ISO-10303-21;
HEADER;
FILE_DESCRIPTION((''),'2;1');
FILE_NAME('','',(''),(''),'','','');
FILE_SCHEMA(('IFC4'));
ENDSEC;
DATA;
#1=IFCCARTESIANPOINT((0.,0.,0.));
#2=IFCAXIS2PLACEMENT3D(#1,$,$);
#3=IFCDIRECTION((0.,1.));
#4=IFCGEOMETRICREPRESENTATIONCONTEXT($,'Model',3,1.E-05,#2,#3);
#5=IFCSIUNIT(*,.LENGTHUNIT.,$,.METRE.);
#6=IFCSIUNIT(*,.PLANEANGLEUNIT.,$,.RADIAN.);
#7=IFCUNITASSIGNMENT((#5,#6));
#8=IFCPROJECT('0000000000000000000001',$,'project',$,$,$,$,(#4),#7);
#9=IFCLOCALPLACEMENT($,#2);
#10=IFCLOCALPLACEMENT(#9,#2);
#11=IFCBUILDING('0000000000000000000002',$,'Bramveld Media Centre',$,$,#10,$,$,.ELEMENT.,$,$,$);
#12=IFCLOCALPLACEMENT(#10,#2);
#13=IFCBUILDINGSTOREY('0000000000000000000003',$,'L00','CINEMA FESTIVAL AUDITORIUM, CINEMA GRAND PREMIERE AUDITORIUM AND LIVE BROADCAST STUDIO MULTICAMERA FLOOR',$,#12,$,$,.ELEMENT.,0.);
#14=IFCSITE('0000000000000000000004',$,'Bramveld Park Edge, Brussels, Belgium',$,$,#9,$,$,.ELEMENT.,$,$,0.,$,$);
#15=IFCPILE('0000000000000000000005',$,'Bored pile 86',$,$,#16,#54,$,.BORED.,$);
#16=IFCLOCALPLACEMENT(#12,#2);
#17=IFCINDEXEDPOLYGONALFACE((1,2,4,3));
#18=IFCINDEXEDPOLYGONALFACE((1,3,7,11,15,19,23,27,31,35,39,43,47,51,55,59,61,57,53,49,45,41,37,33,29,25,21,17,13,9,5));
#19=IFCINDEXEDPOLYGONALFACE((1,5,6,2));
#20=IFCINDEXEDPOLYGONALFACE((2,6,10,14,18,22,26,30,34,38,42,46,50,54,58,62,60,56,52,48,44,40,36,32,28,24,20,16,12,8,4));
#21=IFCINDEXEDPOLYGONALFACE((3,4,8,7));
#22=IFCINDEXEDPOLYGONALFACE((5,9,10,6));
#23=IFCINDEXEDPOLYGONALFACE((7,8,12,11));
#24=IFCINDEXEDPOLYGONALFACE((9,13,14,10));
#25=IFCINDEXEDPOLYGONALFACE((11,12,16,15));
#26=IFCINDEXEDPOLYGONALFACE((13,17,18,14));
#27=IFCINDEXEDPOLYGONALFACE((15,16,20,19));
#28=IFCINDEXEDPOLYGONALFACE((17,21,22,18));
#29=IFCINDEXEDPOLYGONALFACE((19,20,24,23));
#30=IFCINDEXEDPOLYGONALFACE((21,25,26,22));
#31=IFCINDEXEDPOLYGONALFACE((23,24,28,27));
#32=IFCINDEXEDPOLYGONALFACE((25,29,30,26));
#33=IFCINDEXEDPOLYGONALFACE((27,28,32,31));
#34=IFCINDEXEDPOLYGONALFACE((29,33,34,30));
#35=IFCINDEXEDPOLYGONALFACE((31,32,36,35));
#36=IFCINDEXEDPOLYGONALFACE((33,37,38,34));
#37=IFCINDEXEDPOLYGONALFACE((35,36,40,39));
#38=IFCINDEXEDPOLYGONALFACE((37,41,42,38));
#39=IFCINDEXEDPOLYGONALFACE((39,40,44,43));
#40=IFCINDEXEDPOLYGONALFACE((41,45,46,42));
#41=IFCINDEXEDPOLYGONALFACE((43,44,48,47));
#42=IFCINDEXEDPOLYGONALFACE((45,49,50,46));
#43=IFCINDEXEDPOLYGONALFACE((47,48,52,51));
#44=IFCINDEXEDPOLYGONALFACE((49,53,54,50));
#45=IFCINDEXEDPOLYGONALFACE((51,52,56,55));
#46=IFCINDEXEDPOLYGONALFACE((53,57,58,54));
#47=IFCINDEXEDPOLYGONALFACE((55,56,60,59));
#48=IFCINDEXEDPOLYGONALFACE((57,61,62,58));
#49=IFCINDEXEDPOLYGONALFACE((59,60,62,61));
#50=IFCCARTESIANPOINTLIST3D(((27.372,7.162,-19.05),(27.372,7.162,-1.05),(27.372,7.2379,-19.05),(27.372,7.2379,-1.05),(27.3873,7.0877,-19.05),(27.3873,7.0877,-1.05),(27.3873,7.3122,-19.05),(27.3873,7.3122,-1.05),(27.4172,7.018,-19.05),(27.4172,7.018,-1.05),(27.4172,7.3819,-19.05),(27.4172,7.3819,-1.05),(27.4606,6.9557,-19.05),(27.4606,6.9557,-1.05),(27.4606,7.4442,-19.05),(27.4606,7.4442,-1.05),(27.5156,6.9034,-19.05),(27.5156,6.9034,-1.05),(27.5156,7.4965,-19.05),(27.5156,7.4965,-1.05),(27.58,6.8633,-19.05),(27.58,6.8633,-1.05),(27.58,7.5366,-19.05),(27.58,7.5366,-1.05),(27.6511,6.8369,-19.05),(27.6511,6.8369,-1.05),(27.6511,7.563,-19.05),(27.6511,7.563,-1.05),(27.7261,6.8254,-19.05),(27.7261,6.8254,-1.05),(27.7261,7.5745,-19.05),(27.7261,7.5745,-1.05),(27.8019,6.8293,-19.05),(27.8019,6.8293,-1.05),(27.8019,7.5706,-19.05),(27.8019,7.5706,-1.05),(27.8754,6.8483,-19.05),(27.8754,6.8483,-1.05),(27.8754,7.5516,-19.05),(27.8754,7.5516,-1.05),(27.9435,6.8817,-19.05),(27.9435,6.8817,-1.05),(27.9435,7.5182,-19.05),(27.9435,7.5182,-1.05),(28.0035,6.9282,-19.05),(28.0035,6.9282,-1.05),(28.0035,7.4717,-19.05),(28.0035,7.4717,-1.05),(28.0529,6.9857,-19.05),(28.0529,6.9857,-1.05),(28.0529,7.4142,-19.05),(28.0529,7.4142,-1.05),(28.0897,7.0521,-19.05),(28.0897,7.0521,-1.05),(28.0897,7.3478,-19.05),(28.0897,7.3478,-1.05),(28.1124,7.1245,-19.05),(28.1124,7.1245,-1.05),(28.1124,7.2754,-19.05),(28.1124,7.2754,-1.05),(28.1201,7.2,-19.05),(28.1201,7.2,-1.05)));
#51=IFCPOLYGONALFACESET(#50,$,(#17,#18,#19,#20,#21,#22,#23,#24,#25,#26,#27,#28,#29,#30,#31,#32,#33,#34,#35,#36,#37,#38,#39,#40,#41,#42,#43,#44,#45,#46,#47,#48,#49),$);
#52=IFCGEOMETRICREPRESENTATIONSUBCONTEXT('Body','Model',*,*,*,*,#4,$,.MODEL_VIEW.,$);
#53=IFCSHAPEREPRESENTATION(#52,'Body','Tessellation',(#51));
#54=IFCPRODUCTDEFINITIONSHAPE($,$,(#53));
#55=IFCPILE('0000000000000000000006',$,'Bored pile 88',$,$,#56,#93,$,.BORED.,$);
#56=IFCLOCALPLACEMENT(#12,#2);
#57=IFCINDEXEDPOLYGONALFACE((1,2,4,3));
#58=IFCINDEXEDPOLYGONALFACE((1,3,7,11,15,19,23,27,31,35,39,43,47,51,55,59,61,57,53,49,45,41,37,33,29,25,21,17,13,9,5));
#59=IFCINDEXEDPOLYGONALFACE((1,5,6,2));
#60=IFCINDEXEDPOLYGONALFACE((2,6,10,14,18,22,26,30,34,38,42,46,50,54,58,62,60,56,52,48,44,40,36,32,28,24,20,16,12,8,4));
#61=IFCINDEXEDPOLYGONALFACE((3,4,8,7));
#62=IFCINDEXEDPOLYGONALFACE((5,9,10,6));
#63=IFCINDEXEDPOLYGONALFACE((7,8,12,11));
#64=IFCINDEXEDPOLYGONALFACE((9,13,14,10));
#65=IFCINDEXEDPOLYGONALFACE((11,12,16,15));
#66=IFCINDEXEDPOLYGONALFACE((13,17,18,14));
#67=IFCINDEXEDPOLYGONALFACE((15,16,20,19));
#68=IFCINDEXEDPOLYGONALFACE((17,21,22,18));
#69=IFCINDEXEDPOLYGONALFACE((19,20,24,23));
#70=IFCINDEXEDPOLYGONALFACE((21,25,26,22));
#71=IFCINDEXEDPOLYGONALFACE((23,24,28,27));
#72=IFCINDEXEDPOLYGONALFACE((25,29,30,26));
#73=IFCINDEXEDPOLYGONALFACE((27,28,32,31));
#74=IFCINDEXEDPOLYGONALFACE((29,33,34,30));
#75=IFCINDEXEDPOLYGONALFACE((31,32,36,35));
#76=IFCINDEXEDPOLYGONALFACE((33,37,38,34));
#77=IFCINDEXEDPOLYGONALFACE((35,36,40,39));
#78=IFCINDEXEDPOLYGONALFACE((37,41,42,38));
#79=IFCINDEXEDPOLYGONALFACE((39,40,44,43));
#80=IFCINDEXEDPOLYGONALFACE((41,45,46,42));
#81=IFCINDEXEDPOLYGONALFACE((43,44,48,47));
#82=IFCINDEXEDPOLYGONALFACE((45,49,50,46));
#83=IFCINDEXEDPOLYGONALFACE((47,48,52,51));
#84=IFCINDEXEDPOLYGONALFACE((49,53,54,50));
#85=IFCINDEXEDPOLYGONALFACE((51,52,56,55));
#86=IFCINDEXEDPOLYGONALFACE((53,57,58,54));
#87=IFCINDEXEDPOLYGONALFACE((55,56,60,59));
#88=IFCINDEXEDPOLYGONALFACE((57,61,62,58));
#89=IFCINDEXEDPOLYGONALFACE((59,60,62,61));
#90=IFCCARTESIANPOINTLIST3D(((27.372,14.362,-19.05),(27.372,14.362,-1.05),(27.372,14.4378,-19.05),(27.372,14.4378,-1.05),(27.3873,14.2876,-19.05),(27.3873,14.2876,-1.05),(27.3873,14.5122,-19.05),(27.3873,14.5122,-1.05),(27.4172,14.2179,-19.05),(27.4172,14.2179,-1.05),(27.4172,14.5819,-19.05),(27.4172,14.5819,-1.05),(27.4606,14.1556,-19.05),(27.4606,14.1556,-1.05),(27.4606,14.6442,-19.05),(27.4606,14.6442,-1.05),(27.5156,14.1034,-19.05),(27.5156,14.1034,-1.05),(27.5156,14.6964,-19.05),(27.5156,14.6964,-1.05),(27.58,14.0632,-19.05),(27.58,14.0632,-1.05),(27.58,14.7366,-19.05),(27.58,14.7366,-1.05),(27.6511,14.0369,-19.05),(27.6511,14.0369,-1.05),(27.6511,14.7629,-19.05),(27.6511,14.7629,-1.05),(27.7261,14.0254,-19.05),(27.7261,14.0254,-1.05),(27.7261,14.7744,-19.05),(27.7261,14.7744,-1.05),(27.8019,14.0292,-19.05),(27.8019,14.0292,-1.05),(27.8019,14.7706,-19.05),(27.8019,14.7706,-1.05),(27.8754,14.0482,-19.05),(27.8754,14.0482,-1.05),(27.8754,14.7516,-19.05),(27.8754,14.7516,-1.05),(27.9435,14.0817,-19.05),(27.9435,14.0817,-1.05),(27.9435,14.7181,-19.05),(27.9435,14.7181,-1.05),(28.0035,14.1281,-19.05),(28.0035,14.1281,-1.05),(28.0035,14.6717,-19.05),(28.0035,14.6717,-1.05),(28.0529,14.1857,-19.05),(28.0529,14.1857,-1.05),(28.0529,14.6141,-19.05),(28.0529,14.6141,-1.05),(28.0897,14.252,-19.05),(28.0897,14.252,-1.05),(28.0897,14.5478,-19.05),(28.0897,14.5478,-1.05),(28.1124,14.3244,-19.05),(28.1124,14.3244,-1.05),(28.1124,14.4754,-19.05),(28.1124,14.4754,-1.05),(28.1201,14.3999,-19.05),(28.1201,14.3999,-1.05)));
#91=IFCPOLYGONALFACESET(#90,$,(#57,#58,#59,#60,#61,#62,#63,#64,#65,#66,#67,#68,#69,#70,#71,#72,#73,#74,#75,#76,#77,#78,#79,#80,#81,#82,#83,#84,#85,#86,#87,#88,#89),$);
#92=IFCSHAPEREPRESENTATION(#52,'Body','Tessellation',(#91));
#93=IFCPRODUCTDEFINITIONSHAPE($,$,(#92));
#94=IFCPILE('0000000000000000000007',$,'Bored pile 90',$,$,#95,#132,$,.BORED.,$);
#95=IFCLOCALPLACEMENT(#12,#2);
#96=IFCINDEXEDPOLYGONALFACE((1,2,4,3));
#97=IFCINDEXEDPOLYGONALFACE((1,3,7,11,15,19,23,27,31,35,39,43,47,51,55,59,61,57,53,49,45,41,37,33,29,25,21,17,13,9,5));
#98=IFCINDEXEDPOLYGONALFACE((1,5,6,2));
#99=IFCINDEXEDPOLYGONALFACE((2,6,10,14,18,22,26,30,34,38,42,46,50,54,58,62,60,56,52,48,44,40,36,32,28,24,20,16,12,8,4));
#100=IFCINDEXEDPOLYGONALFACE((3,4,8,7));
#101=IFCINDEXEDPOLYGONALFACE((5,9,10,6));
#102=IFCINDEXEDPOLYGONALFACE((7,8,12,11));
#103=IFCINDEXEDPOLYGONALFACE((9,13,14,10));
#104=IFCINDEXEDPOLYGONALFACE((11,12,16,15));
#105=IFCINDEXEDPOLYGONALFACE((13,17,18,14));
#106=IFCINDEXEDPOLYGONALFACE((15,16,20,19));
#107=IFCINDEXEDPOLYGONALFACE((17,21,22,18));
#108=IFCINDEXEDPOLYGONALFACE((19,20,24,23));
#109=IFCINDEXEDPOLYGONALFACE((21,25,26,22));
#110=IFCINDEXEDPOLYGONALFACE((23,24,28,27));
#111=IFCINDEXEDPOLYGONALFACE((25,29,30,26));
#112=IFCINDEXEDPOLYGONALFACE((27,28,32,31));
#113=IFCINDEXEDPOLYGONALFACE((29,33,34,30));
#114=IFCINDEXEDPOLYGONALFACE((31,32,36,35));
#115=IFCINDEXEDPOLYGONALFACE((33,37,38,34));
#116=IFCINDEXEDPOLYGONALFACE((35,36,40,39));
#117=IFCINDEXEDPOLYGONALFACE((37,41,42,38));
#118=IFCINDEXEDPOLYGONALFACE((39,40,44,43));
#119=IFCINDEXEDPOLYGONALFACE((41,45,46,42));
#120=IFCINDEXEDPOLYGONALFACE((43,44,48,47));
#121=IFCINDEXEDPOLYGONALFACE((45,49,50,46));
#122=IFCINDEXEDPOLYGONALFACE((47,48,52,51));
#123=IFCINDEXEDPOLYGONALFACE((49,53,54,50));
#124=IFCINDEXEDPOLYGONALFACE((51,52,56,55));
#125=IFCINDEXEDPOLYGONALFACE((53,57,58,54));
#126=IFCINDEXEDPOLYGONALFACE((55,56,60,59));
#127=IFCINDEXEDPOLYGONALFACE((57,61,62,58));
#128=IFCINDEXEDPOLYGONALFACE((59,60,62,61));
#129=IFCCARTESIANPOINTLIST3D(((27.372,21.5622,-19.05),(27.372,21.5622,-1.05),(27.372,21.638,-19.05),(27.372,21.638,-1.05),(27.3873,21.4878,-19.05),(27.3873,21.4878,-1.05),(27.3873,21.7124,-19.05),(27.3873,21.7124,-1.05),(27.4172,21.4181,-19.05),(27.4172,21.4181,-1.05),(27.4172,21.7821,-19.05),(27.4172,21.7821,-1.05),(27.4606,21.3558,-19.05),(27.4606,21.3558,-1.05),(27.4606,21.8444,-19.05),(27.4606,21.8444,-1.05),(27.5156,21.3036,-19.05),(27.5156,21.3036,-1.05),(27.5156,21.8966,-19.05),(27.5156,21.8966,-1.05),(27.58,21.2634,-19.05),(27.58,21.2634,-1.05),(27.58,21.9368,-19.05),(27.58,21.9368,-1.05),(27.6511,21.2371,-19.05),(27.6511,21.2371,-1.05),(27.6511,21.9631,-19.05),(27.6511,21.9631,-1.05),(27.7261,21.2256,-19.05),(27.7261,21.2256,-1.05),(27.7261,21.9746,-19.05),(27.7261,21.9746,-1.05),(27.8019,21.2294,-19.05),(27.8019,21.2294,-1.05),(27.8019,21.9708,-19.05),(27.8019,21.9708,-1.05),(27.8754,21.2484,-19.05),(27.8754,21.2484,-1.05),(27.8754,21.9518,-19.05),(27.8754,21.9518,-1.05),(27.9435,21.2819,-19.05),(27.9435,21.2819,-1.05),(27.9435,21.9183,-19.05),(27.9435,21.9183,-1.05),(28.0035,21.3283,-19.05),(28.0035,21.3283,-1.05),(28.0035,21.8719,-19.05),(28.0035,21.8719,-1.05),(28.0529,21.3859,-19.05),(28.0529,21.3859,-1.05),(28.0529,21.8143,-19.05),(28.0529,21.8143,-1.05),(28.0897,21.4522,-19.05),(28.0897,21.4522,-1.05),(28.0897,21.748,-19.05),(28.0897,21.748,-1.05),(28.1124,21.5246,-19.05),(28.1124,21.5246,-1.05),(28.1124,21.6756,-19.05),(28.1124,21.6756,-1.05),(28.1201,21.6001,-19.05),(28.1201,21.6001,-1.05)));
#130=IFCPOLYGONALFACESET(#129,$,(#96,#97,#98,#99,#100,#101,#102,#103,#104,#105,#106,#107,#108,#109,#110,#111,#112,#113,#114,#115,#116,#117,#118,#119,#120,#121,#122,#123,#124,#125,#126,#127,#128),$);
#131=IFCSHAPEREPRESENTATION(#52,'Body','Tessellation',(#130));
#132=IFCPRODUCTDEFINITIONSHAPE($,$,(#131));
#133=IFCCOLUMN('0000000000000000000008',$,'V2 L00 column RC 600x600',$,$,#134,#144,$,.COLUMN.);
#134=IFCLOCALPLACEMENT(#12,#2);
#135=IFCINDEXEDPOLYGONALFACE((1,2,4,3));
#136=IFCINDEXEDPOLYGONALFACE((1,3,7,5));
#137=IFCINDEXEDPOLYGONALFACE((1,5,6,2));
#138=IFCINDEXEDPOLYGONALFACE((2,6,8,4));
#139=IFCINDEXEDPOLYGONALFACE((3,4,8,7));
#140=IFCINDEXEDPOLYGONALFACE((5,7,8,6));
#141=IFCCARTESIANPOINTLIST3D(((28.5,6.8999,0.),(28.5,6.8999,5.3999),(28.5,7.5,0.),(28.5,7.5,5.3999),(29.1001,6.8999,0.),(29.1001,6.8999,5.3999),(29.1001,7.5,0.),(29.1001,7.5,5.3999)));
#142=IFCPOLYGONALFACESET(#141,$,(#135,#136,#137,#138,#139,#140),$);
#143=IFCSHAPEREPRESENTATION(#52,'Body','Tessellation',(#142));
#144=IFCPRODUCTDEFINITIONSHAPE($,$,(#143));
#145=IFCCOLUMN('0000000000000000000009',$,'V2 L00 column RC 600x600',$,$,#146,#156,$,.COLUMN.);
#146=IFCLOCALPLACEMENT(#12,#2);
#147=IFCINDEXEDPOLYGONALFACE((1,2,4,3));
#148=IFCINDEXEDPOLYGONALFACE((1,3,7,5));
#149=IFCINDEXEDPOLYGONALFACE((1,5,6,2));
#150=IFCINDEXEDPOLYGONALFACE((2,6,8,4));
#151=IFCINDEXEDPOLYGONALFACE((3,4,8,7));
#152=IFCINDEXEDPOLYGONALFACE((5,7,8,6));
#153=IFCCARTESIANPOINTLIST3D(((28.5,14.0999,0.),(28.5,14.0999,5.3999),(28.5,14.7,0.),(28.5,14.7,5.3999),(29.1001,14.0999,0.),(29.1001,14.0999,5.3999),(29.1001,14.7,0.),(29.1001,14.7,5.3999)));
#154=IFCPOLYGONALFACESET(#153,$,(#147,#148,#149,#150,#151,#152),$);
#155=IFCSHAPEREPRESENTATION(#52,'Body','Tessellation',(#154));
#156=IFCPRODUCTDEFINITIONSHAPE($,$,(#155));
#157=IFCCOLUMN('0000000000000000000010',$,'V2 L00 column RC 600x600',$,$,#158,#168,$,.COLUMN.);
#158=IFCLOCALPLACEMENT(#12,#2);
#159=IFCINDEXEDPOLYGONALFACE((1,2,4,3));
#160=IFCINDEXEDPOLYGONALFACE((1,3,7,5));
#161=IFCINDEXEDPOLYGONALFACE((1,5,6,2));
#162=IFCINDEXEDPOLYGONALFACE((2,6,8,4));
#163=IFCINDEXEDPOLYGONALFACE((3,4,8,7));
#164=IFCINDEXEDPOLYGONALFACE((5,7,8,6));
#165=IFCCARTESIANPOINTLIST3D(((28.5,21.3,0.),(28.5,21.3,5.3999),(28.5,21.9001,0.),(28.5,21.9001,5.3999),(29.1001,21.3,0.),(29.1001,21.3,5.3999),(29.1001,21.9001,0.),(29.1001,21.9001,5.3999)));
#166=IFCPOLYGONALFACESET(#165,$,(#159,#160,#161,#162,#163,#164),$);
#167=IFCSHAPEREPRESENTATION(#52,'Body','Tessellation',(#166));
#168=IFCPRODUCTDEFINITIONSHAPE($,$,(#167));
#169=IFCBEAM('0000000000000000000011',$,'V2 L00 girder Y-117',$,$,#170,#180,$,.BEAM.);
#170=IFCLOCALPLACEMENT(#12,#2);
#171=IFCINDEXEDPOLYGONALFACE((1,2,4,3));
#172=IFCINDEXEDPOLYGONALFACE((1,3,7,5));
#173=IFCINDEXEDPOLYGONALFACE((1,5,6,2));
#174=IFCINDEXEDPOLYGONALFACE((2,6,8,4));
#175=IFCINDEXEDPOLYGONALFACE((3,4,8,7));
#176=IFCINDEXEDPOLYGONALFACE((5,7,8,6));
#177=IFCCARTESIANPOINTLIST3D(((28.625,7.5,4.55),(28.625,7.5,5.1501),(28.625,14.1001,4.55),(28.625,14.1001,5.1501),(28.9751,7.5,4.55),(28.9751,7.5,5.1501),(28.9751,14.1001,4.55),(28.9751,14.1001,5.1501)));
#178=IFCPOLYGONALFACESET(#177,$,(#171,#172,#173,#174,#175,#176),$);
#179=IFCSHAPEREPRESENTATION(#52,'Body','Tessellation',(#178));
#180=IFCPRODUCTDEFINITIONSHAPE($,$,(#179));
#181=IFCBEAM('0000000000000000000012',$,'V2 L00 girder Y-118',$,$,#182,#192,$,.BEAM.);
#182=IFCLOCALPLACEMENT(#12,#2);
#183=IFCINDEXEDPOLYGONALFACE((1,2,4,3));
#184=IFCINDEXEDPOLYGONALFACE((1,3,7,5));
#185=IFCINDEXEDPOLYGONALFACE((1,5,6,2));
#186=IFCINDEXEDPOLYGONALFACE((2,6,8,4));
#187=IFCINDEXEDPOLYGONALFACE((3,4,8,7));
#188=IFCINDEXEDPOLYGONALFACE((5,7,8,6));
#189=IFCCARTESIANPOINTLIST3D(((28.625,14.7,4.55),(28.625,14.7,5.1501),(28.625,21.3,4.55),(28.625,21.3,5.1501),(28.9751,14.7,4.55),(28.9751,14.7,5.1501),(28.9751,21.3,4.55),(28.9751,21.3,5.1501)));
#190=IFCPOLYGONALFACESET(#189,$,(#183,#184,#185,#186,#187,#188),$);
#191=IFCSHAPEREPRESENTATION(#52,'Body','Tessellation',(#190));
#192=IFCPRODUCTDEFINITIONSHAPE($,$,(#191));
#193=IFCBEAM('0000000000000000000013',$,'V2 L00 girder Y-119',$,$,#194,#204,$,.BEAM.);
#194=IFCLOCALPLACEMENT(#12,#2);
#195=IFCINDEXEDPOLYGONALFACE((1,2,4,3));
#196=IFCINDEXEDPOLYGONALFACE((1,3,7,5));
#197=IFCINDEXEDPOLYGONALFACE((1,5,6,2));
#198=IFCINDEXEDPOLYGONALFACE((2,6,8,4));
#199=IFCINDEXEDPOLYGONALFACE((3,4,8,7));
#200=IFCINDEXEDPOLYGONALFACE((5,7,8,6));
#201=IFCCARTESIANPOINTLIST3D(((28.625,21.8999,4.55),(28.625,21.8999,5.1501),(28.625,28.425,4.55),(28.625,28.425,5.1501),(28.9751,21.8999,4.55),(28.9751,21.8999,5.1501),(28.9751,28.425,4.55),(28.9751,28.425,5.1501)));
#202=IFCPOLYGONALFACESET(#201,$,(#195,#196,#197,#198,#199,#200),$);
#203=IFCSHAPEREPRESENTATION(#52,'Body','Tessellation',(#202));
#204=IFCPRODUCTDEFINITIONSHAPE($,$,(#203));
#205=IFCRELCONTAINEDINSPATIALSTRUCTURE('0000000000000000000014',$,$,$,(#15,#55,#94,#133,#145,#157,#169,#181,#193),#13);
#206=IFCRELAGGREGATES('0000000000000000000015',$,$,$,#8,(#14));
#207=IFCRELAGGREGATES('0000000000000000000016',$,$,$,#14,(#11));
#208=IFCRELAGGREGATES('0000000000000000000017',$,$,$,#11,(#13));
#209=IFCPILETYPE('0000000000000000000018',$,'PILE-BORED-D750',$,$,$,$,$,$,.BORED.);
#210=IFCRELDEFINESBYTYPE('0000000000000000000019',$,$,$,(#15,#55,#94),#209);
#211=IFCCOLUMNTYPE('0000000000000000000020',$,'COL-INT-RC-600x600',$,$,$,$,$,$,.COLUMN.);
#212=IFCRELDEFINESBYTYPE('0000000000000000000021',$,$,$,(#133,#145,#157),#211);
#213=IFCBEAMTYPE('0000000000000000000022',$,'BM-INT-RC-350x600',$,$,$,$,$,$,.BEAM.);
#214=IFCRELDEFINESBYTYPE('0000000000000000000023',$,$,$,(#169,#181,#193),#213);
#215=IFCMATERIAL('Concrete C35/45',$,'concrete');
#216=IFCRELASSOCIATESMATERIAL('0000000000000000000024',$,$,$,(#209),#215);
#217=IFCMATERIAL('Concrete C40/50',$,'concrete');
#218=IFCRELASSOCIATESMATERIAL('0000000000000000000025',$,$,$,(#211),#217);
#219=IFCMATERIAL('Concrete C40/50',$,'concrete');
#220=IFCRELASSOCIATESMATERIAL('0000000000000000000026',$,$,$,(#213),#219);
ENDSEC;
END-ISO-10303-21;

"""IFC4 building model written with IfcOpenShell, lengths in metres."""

from ifc_helpers import new_model, si_unit, direction, frame, origin, origin_2d, place, context, subcontext, project, spatial, rectangle, circle, extrude, material, material_profile, profile_set, type_object, element, save


model = new_model("IFC4")

# Units and contexts
model_context = context("Model", 3, precision=1e-05, world=origin(), true_north=direction((0.0, 1.0)))
body_context = subcontext(model_context, "Body", "Model", "MODEL_VIEW")
ifc_project = project(units=[si_unit("LENGTHUNIT", "METRE"), si_unit("PLANEANGLEUNIT", "RADIAN")], contexts=[model_context])

# Site, building, storey
site_placement = place(None, origin())
site = spatial("IfcSite", under=ifc_project, at=site_placement, Name="Bramveld Park Edge, Brussels, Belgium", CompositionType="ELEMENT", RefElevation=0.0)
building_placement = place(site_placement, origin())
building = spatial("IfcBuilding", under=site, at=building_placement, Name="Bramveld Media Centre", CompositionType="ELEMENT")
storey_placement = place(building_placement, origin())
storey = spatial("IfcBuildingStorey", under=building, at=storey_placement, Name="L00", Description="CINEMA FESTIVAL AUDITORIUM, CINEMA GRAND PREMIERE AUDITORIUM AND LIVE BROADCAST STUDIO MULTICAMERA FLOOR", CompositionType="ELEMENT", Elevation=0.0)

# Piles
ifc_material_1 = material(Name="Concrete C35/45", Category="concrete")
ifc_material_profile_1 = material_profile(ifc_material_1, circle(Radius=0.375, at=origin_2d()), Name="BORED D750")
ifc_profile_set_1 = profile_set([ifc_material_profile_1], Name="Concrete C35/45")
pile_type_1 = type_object("IfcPileType", Name="PILE-BORED-D750", PredefinedType="BORED", material=ifc_profile_set_1)
for number, where, z_axis, x_axis, name in (
    (1, (27.7451, 7.2, -1.05), (0.0, 0.0, -1.0), (1.0, 0.0, 0.0), "Bored pile 86"),
    (2, (27.7451, 14.3999, -1.05), (0.0, 0.0, -1.0), (1.0, 0.0, 0.0), "Bored pile 88"),
    (3, (27.7451, 21.6001, -1.05), (0.0, 0.0, -1.0), (1.0, 0.0, 0.0), "Bored pile 90"),
):
    element("IfcPile", number, at=place(storey_placement, frame(where, z_axis=z_axis, x_axis=x_axis)), inside=storey, type_object=pile_type_1, Name=name, PredefinedType="BORED", context=body_context, shape_type="SweptSolid", body=[
        extrude(circle(Radius=0.375, at=origin_2d()), origin(), (0.0, 0.0, 1.0), 18.0),
    ])

# Columns
ifc_material_2 = material(Name="Concrete C40/50", Category="concrete")
ifc_material_profile_2 = material_profile(ifc_material_2, rectangle(XDim=0.6001, YDim=0.6001, at=origin_2d()), Name="RC 600x600")
ifc_profile_set_2 = profile_set([ifc_material_profile_2], Name="Concrete C40/50")
column_type = type_object("IfcColumnType", Name="COL-INT-RC-600x600", PredefinedType="COLUMN", material=ifc_profile_set_2)
for number, where, z_axis, x_axis, name in (
    (4, (28.8, 7.2, 0.0), (0.0, 0.0, 1.0), (1.0, 0.0, 0.0), "V2 L00 column RC 600x600"),
    (5, (28.8, 14.3999, 0.0), (0.0, 0.0, 1.0), (1.0, 0.0, 0.0), "V2 L00 column RC 600x600"),
    (6, (28.8, 21.6001, 0.0), (0.0, 0.0, 1.0), (1.0, 0.0, 0.0), "V2 L00 column RC 600x600"),
):
    element("IfcColumn", number, at=place(storey_placement, frame(where, z_axis=z_axis, x_axis=x_axis)), inside=storey, type_object=column_type, Name=name, PredefinedType="COLUMN", context=body_context, shape_type="SweptSolid", body=[
        extrude(rectangle(XDim=0.6001, YDim=0.6001, at=origin_2d()), origin(), (0.0, 0.0, 1.0), 5.3999),
    ])

# Beams
ifc_material_3 = material(Name="Concrete C40/50", Category="concrete")
ifc_material_profile_3 = material_profile(ifc_material_3, rectangle(XDim=0.3501, YDim=0.6001, at=origin_2d()), Name="RC 350x600")
ifc_profile_set_3 = profile_set([ifc_material_profile_3], Name="Concrete C40/50")
beam_type = type_object("IfcBeamType", Name="BM-INT-RC-350x600", PredefinedType="BEAM", material=ifc_profile_set_3)
for number, where, z_axis, x_axis, name in (
    (7, (28.8, 7.5, 4.8501), (0.0, 1.0, 0.0), (-1.0, 0.0, 0.0), "V2 L00 girder Y-117"),
    (8, (28.8, 14.7, 4.8501), (0.0, 1.0, 0.0), (-1.0, 0.0, 0.0), "V2 L00 girder Y-118"),
):
    element("IfcBeam", number, at=place(storey_placement, frame(where, z_axis=z_axis, x_axis=x_axis)), inside=storey, type_object=beam_type, Name=name, PredefinedType="BEAM", context=body_context, shape_type="SweptSolid", body=[
        extrude(rectangle(XDim=0.3501, YDim=0.6001, at=origin_2d()), origin(), (0.0, 0.0, 1.0), 6.6001),
    ])
beam_placement = place(storey_placement, frame((28.8, 21.8999, 4.8501), z_axis=(0.0, 1.0, 0.0), x_axis=(-1.0, 0.0, 0.0)))
element("IfcBeam", 9, at=beam_placement, inside=storey, type_object=beam_type, Name="V2 L00 girder Y-119", PredefinedType="BEAM", context=body_context, shape_type="SweptSolid", body=[
    extrude(rectangle(XDim=0.3501, YDim=0.6001, at=origin_2d()), origin(), (0.0, 0.0, 1.0), 6.5251),
])

save(model, "model.ifc")
